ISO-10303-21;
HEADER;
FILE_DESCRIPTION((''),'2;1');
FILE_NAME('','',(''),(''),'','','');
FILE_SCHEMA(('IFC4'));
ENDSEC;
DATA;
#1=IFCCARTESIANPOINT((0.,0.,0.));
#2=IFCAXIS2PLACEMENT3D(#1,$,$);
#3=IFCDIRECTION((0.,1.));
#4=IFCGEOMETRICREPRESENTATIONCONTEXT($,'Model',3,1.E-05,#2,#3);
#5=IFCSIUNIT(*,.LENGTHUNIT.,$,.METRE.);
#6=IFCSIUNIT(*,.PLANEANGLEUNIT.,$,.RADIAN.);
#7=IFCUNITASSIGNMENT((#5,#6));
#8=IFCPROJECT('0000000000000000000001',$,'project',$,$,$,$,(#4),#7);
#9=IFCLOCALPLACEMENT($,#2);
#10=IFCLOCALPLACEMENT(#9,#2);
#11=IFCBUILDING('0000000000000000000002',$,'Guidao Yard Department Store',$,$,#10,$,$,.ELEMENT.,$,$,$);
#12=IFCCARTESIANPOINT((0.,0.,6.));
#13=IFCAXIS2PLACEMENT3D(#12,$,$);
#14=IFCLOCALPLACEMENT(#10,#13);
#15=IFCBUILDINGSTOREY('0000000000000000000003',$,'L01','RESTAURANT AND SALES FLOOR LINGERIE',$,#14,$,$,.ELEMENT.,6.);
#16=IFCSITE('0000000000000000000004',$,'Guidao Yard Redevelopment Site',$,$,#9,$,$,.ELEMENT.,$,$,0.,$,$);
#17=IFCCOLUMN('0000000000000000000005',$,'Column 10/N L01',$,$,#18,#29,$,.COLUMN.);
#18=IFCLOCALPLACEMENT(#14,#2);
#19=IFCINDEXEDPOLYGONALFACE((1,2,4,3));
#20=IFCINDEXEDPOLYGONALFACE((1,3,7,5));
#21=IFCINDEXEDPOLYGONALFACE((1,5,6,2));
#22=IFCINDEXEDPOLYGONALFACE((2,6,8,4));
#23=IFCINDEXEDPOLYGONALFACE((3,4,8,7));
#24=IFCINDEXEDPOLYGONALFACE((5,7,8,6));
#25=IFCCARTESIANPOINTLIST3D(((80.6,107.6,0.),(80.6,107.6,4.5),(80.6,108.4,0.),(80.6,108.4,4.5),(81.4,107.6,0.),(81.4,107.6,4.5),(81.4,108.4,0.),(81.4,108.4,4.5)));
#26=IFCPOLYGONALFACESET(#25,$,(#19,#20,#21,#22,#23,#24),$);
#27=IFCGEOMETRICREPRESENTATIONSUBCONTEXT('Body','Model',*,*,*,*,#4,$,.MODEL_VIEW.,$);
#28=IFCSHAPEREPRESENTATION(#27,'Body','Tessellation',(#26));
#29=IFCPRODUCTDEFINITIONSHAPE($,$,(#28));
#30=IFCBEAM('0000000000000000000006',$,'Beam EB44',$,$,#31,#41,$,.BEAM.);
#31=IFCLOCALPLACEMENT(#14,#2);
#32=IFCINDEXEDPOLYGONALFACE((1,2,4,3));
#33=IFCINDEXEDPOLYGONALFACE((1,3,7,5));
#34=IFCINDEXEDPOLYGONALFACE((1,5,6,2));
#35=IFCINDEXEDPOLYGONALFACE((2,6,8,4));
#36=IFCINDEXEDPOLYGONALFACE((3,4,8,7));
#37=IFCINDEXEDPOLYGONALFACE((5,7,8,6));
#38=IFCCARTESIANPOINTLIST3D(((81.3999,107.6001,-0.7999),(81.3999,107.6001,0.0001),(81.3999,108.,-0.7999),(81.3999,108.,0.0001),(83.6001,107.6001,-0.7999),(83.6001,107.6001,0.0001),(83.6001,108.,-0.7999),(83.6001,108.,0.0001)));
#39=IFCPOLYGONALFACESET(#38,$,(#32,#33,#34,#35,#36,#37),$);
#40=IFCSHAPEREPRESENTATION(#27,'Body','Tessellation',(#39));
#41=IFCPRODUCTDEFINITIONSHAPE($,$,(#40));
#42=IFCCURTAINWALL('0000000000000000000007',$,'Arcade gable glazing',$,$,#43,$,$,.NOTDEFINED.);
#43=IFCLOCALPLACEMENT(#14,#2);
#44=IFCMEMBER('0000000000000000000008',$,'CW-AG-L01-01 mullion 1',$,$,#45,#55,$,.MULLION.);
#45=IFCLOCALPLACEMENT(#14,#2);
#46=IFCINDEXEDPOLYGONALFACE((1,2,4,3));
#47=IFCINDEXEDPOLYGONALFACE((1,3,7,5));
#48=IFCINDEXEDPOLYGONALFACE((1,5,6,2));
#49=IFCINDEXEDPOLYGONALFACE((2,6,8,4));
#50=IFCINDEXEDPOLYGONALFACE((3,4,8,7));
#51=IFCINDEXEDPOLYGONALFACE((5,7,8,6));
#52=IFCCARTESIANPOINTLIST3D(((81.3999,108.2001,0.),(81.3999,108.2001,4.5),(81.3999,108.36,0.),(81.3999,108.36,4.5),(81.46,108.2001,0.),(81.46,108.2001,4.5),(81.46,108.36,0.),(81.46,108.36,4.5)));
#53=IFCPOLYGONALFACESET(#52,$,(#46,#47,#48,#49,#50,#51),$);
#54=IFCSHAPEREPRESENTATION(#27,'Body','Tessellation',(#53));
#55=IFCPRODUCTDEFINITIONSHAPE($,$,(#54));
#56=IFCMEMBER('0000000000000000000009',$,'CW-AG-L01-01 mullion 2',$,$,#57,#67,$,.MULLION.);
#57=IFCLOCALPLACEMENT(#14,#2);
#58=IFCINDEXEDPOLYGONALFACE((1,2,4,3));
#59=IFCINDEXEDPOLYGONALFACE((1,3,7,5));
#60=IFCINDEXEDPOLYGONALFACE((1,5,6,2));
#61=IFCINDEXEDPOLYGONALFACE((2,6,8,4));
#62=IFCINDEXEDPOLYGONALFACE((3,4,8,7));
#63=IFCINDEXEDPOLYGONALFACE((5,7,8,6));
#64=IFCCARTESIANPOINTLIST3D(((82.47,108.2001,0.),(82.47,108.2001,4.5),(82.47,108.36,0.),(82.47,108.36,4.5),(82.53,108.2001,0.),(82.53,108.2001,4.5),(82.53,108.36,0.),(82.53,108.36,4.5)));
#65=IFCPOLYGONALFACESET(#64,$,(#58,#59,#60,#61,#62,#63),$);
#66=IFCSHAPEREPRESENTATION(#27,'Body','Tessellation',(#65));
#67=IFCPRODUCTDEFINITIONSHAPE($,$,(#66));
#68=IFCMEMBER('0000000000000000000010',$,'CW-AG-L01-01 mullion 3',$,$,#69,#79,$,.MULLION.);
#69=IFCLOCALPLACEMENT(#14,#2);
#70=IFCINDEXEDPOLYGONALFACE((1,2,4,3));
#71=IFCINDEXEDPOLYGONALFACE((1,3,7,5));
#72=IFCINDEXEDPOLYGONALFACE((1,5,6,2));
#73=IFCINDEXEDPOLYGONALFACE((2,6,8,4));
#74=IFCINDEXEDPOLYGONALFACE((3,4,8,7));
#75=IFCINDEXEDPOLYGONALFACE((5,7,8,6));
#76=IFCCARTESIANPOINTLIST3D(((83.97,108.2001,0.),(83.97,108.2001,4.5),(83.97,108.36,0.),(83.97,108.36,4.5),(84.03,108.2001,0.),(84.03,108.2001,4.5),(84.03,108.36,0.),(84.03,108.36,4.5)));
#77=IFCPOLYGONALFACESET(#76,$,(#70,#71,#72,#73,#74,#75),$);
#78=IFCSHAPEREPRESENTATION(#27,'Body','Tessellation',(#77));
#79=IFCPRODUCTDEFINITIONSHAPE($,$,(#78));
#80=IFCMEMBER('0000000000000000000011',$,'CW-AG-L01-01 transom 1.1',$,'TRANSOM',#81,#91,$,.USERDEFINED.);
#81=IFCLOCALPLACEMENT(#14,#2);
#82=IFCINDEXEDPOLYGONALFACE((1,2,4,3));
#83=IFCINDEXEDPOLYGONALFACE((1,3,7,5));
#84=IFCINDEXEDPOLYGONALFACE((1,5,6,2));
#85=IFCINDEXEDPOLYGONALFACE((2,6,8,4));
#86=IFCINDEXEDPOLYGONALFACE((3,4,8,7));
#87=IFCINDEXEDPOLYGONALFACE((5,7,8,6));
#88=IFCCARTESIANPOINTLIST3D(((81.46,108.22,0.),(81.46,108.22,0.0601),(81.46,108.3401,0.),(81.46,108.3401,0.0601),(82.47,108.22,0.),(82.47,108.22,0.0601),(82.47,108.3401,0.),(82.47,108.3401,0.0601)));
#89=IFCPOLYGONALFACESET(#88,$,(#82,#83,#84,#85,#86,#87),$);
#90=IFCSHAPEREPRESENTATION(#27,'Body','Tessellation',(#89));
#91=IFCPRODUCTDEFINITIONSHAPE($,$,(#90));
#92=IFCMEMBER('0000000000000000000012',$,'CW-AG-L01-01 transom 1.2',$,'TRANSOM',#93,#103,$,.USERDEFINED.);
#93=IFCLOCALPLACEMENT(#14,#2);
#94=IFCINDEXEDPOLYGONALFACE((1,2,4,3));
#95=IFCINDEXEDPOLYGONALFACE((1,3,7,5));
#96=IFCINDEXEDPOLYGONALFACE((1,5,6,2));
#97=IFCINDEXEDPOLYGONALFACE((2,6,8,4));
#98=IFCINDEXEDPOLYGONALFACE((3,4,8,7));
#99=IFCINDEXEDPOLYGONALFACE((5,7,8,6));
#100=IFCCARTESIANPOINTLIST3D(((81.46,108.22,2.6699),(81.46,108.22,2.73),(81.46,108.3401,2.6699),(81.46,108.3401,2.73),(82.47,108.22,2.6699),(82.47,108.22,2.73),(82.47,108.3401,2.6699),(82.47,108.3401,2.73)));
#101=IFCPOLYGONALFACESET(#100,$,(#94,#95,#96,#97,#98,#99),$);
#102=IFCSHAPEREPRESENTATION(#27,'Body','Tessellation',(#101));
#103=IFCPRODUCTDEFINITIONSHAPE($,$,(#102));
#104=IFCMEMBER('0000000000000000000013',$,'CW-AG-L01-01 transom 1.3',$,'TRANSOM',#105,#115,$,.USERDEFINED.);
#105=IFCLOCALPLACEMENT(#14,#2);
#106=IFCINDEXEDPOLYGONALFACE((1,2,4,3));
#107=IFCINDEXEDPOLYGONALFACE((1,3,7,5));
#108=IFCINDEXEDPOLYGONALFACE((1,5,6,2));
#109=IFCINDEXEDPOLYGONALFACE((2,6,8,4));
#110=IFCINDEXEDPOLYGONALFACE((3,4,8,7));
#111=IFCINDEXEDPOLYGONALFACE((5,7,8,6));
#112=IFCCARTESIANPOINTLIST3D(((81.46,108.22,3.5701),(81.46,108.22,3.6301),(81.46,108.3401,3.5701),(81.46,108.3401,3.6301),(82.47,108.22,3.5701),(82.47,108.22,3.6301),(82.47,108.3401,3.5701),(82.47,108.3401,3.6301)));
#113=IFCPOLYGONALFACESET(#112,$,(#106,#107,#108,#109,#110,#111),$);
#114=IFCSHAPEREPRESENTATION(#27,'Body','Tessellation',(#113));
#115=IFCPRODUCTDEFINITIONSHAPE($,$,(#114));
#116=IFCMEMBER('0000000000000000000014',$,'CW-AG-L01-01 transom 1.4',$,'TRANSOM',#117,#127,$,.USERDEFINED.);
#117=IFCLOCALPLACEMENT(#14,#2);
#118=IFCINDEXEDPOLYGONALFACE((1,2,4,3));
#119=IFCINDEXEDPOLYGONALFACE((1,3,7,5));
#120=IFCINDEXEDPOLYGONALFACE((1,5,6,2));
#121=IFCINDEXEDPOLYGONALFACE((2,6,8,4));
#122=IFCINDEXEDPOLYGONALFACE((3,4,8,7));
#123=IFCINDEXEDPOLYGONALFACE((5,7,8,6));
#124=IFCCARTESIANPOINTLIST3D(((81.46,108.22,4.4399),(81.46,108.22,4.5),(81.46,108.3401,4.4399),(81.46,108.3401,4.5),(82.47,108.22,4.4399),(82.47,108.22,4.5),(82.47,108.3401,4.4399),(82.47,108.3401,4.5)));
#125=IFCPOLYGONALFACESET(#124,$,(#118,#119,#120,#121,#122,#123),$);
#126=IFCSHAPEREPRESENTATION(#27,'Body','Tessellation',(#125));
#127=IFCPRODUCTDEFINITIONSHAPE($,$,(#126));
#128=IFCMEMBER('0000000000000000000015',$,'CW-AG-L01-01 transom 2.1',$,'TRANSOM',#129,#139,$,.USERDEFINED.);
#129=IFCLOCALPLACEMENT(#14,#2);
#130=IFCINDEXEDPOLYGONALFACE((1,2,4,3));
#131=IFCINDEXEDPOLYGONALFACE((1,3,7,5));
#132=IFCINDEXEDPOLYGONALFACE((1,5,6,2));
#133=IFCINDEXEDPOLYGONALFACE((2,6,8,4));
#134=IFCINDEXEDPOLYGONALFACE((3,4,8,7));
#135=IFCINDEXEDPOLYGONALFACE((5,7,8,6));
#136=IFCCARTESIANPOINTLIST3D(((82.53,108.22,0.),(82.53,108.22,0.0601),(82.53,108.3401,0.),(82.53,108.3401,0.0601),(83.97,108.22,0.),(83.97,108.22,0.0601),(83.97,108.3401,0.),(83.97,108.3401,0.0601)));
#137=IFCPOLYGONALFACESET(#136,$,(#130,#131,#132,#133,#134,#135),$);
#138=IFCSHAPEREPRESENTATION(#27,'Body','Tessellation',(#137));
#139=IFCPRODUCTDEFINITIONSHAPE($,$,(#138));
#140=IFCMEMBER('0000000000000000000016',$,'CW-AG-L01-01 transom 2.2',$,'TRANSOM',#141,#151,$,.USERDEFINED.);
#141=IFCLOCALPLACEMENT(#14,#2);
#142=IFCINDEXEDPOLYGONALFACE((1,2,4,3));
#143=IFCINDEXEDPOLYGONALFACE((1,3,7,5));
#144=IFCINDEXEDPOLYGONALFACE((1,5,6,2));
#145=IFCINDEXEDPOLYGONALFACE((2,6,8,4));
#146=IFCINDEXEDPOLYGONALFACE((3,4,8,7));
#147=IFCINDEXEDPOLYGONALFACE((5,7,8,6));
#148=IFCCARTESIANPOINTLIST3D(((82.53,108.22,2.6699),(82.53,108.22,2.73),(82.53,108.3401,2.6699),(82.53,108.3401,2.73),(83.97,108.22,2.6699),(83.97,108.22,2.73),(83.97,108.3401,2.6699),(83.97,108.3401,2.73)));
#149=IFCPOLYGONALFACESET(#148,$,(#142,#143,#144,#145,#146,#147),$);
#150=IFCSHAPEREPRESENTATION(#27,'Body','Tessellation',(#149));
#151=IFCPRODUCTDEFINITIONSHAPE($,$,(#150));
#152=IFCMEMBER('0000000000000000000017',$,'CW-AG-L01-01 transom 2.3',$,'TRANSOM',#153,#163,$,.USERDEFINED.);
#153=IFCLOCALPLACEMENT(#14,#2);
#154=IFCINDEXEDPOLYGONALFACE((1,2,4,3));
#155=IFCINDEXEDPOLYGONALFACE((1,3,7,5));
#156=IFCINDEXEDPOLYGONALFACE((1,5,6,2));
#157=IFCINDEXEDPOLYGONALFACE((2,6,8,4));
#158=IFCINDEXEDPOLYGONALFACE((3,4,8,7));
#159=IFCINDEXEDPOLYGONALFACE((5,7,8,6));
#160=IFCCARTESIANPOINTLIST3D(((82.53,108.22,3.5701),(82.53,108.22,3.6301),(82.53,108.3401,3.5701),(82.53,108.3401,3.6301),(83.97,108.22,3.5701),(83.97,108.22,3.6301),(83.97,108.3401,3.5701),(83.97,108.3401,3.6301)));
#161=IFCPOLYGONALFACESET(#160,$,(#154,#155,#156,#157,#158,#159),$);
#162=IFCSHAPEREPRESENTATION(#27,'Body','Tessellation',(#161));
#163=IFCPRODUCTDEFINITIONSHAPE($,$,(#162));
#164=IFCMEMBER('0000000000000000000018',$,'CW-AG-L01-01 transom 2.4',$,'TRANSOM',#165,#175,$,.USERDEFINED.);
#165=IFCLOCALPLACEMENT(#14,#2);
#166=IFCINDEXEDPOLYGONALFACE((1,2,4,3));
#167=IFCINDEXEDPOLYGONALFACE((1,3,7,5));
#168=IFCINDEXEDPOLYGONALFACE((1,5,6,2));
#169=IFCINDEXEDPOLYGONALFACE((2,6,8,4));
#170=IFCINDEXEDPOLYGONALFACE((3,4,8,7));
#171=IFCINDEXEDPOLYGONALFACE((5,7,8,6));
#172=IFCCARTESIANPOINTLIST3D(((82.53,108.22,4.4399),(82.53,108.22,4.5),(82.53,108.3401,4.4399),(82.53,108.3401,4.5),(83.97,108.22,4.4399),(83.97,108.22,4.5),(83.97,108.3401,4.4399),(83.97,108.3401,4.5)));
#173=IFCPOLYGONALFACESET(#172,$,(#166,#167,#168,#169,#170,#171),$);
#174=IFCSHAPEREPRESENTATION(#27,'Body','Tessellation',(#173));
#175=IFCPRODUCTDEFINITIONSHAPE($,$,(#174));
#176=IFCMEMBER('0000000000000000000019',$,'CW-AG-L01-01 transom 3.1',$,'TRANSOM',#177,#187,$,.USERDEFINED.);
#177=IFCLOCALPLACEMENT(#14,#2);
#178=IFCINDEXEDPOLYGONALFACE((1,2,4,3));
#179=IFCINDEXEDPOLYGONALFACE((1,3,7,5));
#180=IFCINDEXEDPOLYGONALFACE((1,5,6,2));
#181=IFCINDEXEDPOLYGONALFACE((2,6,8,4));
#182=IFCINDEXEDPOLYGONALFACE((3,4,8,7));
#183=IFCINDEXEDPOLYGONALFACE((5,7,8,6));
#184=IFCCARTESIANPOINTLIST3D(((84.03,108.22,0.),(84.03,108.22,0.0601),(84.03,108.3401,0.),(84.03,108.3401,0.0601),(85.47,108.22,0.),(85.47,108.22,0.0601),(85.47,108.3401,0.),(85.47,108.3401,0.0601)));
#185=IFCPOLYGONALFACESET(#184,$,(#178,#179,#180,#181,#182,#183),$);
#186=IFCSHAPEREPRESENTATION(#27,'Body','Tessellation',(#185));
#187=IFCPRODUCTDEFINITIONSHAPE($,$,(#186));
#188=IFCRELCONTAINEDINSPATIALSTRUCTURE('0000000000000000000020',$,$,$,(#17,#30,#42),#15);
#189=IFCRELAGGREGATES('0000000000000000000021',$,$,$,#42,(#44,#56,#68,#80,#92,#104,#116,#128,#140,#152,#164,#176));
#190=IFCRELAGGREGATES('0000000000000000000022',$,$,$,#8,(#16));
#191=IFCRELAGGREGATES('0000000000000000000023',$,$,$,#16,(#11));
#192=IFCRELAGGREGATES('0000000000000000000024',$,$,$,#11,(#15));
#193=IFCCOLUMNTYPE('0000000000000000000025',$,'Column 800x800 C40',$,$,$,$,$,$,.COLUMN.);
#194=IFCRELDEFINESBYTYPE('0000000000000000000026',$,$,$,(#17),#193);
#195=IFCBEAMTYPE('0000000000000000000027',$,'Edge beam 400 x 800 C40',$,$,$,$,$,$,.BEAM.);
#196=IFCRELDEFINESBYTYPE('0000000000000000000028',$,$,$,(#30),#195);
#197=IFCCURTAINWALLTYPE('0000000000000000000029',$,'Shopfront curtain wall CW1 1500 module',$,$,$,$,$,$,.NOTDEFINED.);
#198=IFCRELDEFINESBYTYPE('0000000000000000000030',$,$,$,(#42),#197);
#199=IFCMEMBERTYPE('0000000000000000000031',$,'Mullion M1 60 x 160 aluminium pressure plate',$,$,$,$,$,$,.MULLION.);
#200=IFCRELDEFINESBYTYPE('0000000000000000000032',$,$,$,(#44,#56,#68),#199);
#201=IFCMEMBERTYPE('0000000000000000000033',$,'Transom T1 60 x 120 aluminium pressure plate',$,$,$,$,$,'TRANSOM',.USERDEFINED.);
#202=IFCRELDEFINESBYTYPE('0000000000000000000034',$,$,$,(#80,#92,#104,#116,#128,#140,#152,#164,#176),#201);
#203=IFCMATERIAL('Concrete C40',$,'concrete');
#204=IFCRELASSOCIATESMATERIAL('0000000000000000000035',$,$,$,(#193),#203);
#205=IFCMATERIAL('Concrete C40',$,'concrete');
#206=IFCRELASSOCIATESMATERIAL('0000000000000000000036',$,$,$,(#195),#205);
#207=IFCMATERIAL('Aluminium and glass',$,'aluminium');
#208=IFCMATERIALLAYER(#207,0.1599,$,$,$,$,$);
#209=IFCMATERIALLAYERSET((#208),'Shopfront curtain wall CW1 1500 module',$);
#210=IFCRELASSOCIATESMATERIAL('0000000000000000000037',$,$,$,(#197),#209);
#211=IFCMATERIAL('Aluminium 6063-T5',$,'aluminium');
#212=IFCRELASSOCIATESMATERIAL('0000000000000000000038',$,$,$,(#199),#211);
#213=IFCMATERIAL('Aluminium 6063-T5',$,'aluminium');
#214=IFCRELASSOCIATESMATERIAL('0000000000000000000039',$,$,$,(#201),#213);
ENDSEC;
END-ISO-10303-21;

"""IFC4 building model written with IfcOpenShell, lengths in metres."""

from ifc_helpers import new_model, si_unit, direction, frame, origin, origin_2d, place, context, subcontext, project, spatial, rectangle, extrude, material, layer, layer_set, material_profile, profile_set, type_object, element, aggregate, save


model = new_model("IFC4")

# Units and contexts
model_context = context("Model", 3, precision=1e-05, world=origin(), true_north=direction((0.0, 1.0)))
body_context = subcontext(model_context, "Body", "Model", "MODEL_VIEW")
ifc_project = project(units=[si_unit("LENGTHUNIT", "METRE"), si_unit("PLANEANGLEUNIT", "RADIAN")], contexts=[model_context])

# Site, building, storey
site_placement = place(None, origin())
site = spatial("IfcSite", under=ifc_project, at=site_placement, Name="Guidao Yard Redevelopment Site", CompositionType="ELEMENT", RefElevation=0.0)
building_placement = place(site_placement, origin())
building = spatial("IfcBuilding", under=site, at=building_placement, Name="Guidao Yard Department Store", CompositionType="ELEMENT")
storey_placement = place(building_placement, frame((0.0, 0.0, 6.0)))
storey = spatial("IfcBuildingStorey", under=building, at=storey_placement, Name="L01", Description="RESTAURANT AND SALES FLOOR LINGERIE", CompositionType="ELEMENT", Elevation=6.0)

# Column
ifc_material_1 = material(Name="Concrete C40", Category="concrete")
ifc_material_profile_1 = material_profile(ifc_material_1, rectangle(XDim=0.8, YDim=0.8, at=origin_2d()), Name="COL 800x800")
ifc_profile_set_1 = profile_set([ifc_material_profile_1], Name="Concrete C40")
column_type = type_object("IfcColumnType", Name="Column 800x800 C40", PredefinedType="COLUMN", material=ifc_profile_set_1)
column_placement = place(storey_placement, frame((81.0, 108.0, 0.0), z_axis=(0.0, 0.0, 1.0), x_axis=(1.0, 0.0, 0.0)))
element("IfcColumn", 1, at=column_placement, inside=storey, type_object=column_type, Name="Column 10/N L01", PredefinedType="COLUMN", context=body_context, shape_type="SweptSolid", body=[
    extrude(rectangle(XDim=0.8, YDim=0.8, at=origin_2d()), origin(), (0.0, 0.0, 1.0), 4.5),
])

# Beam
ifc_material_2 = material(Name="Concrete C40", Category="concrete")
ifc_material_profile_2 = material_profile(ifc_material_2, rectangle(XDim=0.3999, YDim=0.8, at=origin_2d()), Name="Edge beam 400 x 800 C40")
ifc_profile_set_2 = profile_set([ifc_material_profile_2], Name="Concrete C40")
beam_type = type_object("IfcBeamType", Name="Edge beam 400 x 800 C40", PredefinedType="BEAM", material=ifc_profile_set_2)
beam_placement = place(storey_placement, frame((81.3999, 107.8, -0.3999), z_axis=(1.0, 0.0, 0.0), x_axis=(0.0, 1.0, 0.0)))
element("IfcBeam", 2, at=beam_placement, inside=storey, type_object=beam_type, Name="Beam EB44", PredefinedType="BEAM", context=body_context, shape_type="SweptSolid", body=[
    extrude(rectangle(XDim=0.3999, YDim=0.8, at=origin_2d()), origin(), (0.0, 0.0, 1.0), 2.2002),
])

# Curtain wall, members
ifc_material_3 = material(Name="Aluminium and glass", Category="aluminium")
ifc_layer_1 = layer(ifc_material_3, 0.1599)
ifc_layer_set_1 = layer_set([ifc_layer_1], Name="Shopfront curtain wall CW1 1500 module")
curtain_wall_type = type_object("IfcCurtainWallType", Name="Shopfront curtain wall CW1 1500 module", PredefinedType="NOTDEFINED", material=ifc_layer_set_1)
curtain_wall_placement = place(storey_placement, origin())
curtain_wall = element("IfcCurtainWall", 3, at=curtain_wall_placement, inside=storey, type_object=curtain_wall_type, Name="Arcade gable glazing", PredefinedType="NOTDEFINED")
ifc_material_4 = material(Name="Aluminium 6063-T5", Category="aluminium")
ifc_material_profile_3 = material_profile(ifc_material_4, rectangle(XDim=0.0601, YDim=0.1599, at=origin_2d()), Name="Mullion M1 60 x 160 aluminium pressure plate")
ifc_profile_set_3 = profile_set([ifc_material_profile_3], Name="Aluminium 6063-T5")
member_type_1 = type_object("IfcMemberType", Name="Mullion M1 60 x 160 aluminium pressure plate", PredefinedType="MULLION", material=ifc_profile_set_3)
member_1_placement = place(storey_placement, frame((81.4299, 108.28, 0.0), z_axis=(0.0, 0.0, 1.0), x_axis=(1.0, 0.0, 0.0)))
member_1 = element("IfcMember", 4, at=member_1_placement, type_object=member_type_1, Name="CW-AG-L01-01 mullion 1", PredefinedType="MULLION", context=body_context, shape_type="SweptSolid", body=[
    extrude(rectangle(XDim=0.0601, YDim=0.1599, at=origin_2d()), origin(), (0.0, 0.0, 1.0), 4.5),
])
member_2_placement = place(storey_placement, frame((82.5, 108.28, 0.0), z_axis=(0.0, 0.0, 1.0), x_axis=(1.0, 0.0, 0.0)))
member_2 = element("IfcMember", 5, at=member_2_placement, type_object=member_type_1, Name="CW-AG-L01-01 mullion 2", PredefinedType="MULLION", context=body_context, shape_type="SweptSolid", body=[
    extrude(rectangle(XDim=0.0601, YDim=0.1599, at=origin_2d()), origin(), (0.0, 0.0, 1.0), 4.5),
])
member_3_placement = place(storey_placement, frame((84.0, 108.28, 0.0), z_axis=(0.0, 0.0, 1.0), x_axis=(1.0, 0.0, 0.0)))
member_3 = element("IfcMember", 6, at=member_3_placement, type_object=member_type_1, Name="CW-AG-L01-01 mullion 3", PredefinedType="MULLION", context=body_context, shape_type="SweptSolid", body=[
    extrude(rectangle(XDim=0.0601, YDim=0.1599, at=origin_2d()), origin(), (0.0, 0.0, 1.0), 4.5),
])
ifc_material_5 = material(Name="Aluminium 6063-T5", Category="aluminium")
ifc_material_profile_4 = material_profile(ifc_material_5, rectangle(XDim=0.1201, YDim=0.0601, at=origin_2d()), Name="Transom T1 60 x 120 aluminium pressure plate")
ifc_profile_set_4 = profile_set([ifc_material_profile_4], Name="Aluminium 6063-T5")
member_type_2 = type_object("IfcMemberType", Name="Transom T1 60 x 120 aluminium pressure plate", ElementType="TRANSOM", PredefinedType="USERDEFINED", material=ifc_profile_set_4)
member_4_placement = place(storey_placement, frame((81.46, 108.28, 0.03), z_axis=(1.0, 0.0, 0.0), x_axis=(0.0, 1.0, 0.0)))
member_4 = element("IfcMember", 7, at=member_4_placement, type_object=member_type_2, Name="CW-AG-L01-01 transom 1.1", ObjectType="TRANSOM", PredefinedType="USERDEFINED", context=body_context, shape_type="SweptSolid", body=[
    extrude(rectangle(XDim=0.1201, YDim=0.0601, at=origin_2d()), origin(), (0.0, 0.0, 1.0), 1.01),
])
member_5_placement = place(storey_placement, frame((81.46, 108.28, 2.7), z_axis=(1.0, 0.0, 0.0), x_axis=(0.0, 1.0, 0.0)))
member_5 = element("IfcMember", 8, at=member_5_placement, type_object=member_type_2, Name="CW-AG-L01-01 transom 1.2", ObjectType="TRANSOM", PredefinedType="USERDEFINED", context=body_context, shape_type="SweptSolid", body=[
    extrude(rectangle(XDim=0.1201, YDim=0.0601, at=origin_2d()), origin(), (0.0, 0.0, 1.0), 1.01),
])
member_6_placement = place(storey_placement, frame((81.46, 108.28, 3.6001), z_axis=(1.0, 0.0, 0.0), x_axis=(0.0, 1.0, 0.0)))
member_6 = element("IfcMember", 9, at=member_6_placement, type_object=member_type_2, Name="CW-AG-L01-01 transom 1.3", ObjectType="TRANSOM", PredefinedType="USERDEFINED", context=body_context, shape_type="SweptSolid", body=[
    extrude(rectangle(XDim=0.1201, YDim=0.0601, at=origin_2d()), origin(), (0.0, 0.0, 1.0), 1.01),
])
member_7_placement = place(storey_placement, frame((81.46, 108.28, 4.47), z_axis=(1.0, 0.0, 0.0), x_axis=(0.0, 1.0, 0.0)))
member_7 = element("IfcMember", 10, at=member_7_placement, type_object=member_type_2, Name="CW-AG-L01-01 transom 1.4", ObjectType="TRANSOM", PredefinedType="USERDEFINED", context=body_context, shape_type="SweptSolid", body=[
    extrude(rectangle(XDim=0.1201, YDim=0.0601, at=origin_2d()), origin(), (0.0, 0.0, 1.0), 1.01),
])
member_8_placement = place(storey_placement, frame((82.53, 108.28, 0.03), z_axis=(1.0, 0.0, 0.0), x_axis=(0.0, 1.0, 0.0)))
member_8 = element("IfcMember", 11, at=member_8_placement, type_object=member_type_2, Name="CW-AG-L01-01 transom 2.1", ObjectType="TRANSOM", PredefinedType="USERDEFINED", context=body_context, shape_type="SweptSolid", body=[
    extrude(rectangle(XDim=0.1201, YDim=0.0601, at=origin_2d()), origin(), (0.0, 0.0, 1.0), 1.4399),
])
member_9_placement = place(storey_placement, frame((82.53, 108.28, 2.7), z_axis=(1.0, 0.0, 0.0), x_axis=(0.0, 1.0, 0.0)))
member_9 = element("IfcMember", 12, at=member_9_placement, type_object=member_type_2, Name="CW-AG-L01-01 transom 2.2", ObjectType="TRANSOM", PredefinedType="USERDEFINED", context=body_context, shape_type="SweptSolid", body=[
    extrude(rectangle(XDim=0.1201, YDim=0.0601, at=origin_2d()), origin(), (0.0, 0.0, 1.0), 1.4399),
])
member_10_placement = place(storey_placement, frame((82.53, 108.28, 3.6001), z_axis=(1.0, 0.0, 0.0), x_axis=(0.0, 1.0, 0.0)))
member_10 = element("IfcMember", 13, at=member_10_placement, type_object=member_type_2, Name="CW-AG-L01-01 transom 2.3", ObjectType="TRANSOM", PredefinedType="USERDEFINED", context=body_context, shape_type="SweptSolid", body=[
    extrude(rectangle(XDim=0.1201, YDim=0.0601, at=origin_2d()), origin(), (0.0, 0.0, 1.0), 1.4399),
])
member_11_placement = place(storey_placement, frame((82.53, 108.28, 4.47), z_axis=(1.0, 0.0, 0.0), x_axis=(0.0, 1.0, 0.0)))
member_11 = element("IfcMember", 14, at=member_11_placement, type_object=member_type_2, Name="CW-AG-L01-01 transom 2.4", ObjectType="TRANSOM", PredefinedType="USERDEFINED", context=body_context, shape_type="SweptSolid", body=[
    extrude(rectangle(XDim=0.1201, YDim=0.0601, at=origin_2d()), origin(), (0.0, 0.0, 1.0), 1.4399),
])
member_12_placement = place(storey_placement, frame((84.03, 108.28, 0.03), z_axis=(1.0, 0.0, 0.0), x_axis=(0.0, 1.0, 0.0)))
member_12 = element("IfcMember", 15, at=member_12_placement, type_object=member_type_2, Name="CW-AG-L01-01 transom 3.1", ObjectType="TRANSOM", PredefinedType="USERDEFINED", context=body_context, shape_type="SweptSolid", body=[
    extrude(rectangle(XDim=0.1201, YDim=0.0601, at=origin_2d()), origin(), (0.0, 0.0, 1.0), 1.4399),
])
aggregate(curtain_wall, [member_1, member_2, member_3, member_4, member_5, member_6, member_7, member_8, member_9, member_10, member_11, member_12])

save(model, "model.ifc")
